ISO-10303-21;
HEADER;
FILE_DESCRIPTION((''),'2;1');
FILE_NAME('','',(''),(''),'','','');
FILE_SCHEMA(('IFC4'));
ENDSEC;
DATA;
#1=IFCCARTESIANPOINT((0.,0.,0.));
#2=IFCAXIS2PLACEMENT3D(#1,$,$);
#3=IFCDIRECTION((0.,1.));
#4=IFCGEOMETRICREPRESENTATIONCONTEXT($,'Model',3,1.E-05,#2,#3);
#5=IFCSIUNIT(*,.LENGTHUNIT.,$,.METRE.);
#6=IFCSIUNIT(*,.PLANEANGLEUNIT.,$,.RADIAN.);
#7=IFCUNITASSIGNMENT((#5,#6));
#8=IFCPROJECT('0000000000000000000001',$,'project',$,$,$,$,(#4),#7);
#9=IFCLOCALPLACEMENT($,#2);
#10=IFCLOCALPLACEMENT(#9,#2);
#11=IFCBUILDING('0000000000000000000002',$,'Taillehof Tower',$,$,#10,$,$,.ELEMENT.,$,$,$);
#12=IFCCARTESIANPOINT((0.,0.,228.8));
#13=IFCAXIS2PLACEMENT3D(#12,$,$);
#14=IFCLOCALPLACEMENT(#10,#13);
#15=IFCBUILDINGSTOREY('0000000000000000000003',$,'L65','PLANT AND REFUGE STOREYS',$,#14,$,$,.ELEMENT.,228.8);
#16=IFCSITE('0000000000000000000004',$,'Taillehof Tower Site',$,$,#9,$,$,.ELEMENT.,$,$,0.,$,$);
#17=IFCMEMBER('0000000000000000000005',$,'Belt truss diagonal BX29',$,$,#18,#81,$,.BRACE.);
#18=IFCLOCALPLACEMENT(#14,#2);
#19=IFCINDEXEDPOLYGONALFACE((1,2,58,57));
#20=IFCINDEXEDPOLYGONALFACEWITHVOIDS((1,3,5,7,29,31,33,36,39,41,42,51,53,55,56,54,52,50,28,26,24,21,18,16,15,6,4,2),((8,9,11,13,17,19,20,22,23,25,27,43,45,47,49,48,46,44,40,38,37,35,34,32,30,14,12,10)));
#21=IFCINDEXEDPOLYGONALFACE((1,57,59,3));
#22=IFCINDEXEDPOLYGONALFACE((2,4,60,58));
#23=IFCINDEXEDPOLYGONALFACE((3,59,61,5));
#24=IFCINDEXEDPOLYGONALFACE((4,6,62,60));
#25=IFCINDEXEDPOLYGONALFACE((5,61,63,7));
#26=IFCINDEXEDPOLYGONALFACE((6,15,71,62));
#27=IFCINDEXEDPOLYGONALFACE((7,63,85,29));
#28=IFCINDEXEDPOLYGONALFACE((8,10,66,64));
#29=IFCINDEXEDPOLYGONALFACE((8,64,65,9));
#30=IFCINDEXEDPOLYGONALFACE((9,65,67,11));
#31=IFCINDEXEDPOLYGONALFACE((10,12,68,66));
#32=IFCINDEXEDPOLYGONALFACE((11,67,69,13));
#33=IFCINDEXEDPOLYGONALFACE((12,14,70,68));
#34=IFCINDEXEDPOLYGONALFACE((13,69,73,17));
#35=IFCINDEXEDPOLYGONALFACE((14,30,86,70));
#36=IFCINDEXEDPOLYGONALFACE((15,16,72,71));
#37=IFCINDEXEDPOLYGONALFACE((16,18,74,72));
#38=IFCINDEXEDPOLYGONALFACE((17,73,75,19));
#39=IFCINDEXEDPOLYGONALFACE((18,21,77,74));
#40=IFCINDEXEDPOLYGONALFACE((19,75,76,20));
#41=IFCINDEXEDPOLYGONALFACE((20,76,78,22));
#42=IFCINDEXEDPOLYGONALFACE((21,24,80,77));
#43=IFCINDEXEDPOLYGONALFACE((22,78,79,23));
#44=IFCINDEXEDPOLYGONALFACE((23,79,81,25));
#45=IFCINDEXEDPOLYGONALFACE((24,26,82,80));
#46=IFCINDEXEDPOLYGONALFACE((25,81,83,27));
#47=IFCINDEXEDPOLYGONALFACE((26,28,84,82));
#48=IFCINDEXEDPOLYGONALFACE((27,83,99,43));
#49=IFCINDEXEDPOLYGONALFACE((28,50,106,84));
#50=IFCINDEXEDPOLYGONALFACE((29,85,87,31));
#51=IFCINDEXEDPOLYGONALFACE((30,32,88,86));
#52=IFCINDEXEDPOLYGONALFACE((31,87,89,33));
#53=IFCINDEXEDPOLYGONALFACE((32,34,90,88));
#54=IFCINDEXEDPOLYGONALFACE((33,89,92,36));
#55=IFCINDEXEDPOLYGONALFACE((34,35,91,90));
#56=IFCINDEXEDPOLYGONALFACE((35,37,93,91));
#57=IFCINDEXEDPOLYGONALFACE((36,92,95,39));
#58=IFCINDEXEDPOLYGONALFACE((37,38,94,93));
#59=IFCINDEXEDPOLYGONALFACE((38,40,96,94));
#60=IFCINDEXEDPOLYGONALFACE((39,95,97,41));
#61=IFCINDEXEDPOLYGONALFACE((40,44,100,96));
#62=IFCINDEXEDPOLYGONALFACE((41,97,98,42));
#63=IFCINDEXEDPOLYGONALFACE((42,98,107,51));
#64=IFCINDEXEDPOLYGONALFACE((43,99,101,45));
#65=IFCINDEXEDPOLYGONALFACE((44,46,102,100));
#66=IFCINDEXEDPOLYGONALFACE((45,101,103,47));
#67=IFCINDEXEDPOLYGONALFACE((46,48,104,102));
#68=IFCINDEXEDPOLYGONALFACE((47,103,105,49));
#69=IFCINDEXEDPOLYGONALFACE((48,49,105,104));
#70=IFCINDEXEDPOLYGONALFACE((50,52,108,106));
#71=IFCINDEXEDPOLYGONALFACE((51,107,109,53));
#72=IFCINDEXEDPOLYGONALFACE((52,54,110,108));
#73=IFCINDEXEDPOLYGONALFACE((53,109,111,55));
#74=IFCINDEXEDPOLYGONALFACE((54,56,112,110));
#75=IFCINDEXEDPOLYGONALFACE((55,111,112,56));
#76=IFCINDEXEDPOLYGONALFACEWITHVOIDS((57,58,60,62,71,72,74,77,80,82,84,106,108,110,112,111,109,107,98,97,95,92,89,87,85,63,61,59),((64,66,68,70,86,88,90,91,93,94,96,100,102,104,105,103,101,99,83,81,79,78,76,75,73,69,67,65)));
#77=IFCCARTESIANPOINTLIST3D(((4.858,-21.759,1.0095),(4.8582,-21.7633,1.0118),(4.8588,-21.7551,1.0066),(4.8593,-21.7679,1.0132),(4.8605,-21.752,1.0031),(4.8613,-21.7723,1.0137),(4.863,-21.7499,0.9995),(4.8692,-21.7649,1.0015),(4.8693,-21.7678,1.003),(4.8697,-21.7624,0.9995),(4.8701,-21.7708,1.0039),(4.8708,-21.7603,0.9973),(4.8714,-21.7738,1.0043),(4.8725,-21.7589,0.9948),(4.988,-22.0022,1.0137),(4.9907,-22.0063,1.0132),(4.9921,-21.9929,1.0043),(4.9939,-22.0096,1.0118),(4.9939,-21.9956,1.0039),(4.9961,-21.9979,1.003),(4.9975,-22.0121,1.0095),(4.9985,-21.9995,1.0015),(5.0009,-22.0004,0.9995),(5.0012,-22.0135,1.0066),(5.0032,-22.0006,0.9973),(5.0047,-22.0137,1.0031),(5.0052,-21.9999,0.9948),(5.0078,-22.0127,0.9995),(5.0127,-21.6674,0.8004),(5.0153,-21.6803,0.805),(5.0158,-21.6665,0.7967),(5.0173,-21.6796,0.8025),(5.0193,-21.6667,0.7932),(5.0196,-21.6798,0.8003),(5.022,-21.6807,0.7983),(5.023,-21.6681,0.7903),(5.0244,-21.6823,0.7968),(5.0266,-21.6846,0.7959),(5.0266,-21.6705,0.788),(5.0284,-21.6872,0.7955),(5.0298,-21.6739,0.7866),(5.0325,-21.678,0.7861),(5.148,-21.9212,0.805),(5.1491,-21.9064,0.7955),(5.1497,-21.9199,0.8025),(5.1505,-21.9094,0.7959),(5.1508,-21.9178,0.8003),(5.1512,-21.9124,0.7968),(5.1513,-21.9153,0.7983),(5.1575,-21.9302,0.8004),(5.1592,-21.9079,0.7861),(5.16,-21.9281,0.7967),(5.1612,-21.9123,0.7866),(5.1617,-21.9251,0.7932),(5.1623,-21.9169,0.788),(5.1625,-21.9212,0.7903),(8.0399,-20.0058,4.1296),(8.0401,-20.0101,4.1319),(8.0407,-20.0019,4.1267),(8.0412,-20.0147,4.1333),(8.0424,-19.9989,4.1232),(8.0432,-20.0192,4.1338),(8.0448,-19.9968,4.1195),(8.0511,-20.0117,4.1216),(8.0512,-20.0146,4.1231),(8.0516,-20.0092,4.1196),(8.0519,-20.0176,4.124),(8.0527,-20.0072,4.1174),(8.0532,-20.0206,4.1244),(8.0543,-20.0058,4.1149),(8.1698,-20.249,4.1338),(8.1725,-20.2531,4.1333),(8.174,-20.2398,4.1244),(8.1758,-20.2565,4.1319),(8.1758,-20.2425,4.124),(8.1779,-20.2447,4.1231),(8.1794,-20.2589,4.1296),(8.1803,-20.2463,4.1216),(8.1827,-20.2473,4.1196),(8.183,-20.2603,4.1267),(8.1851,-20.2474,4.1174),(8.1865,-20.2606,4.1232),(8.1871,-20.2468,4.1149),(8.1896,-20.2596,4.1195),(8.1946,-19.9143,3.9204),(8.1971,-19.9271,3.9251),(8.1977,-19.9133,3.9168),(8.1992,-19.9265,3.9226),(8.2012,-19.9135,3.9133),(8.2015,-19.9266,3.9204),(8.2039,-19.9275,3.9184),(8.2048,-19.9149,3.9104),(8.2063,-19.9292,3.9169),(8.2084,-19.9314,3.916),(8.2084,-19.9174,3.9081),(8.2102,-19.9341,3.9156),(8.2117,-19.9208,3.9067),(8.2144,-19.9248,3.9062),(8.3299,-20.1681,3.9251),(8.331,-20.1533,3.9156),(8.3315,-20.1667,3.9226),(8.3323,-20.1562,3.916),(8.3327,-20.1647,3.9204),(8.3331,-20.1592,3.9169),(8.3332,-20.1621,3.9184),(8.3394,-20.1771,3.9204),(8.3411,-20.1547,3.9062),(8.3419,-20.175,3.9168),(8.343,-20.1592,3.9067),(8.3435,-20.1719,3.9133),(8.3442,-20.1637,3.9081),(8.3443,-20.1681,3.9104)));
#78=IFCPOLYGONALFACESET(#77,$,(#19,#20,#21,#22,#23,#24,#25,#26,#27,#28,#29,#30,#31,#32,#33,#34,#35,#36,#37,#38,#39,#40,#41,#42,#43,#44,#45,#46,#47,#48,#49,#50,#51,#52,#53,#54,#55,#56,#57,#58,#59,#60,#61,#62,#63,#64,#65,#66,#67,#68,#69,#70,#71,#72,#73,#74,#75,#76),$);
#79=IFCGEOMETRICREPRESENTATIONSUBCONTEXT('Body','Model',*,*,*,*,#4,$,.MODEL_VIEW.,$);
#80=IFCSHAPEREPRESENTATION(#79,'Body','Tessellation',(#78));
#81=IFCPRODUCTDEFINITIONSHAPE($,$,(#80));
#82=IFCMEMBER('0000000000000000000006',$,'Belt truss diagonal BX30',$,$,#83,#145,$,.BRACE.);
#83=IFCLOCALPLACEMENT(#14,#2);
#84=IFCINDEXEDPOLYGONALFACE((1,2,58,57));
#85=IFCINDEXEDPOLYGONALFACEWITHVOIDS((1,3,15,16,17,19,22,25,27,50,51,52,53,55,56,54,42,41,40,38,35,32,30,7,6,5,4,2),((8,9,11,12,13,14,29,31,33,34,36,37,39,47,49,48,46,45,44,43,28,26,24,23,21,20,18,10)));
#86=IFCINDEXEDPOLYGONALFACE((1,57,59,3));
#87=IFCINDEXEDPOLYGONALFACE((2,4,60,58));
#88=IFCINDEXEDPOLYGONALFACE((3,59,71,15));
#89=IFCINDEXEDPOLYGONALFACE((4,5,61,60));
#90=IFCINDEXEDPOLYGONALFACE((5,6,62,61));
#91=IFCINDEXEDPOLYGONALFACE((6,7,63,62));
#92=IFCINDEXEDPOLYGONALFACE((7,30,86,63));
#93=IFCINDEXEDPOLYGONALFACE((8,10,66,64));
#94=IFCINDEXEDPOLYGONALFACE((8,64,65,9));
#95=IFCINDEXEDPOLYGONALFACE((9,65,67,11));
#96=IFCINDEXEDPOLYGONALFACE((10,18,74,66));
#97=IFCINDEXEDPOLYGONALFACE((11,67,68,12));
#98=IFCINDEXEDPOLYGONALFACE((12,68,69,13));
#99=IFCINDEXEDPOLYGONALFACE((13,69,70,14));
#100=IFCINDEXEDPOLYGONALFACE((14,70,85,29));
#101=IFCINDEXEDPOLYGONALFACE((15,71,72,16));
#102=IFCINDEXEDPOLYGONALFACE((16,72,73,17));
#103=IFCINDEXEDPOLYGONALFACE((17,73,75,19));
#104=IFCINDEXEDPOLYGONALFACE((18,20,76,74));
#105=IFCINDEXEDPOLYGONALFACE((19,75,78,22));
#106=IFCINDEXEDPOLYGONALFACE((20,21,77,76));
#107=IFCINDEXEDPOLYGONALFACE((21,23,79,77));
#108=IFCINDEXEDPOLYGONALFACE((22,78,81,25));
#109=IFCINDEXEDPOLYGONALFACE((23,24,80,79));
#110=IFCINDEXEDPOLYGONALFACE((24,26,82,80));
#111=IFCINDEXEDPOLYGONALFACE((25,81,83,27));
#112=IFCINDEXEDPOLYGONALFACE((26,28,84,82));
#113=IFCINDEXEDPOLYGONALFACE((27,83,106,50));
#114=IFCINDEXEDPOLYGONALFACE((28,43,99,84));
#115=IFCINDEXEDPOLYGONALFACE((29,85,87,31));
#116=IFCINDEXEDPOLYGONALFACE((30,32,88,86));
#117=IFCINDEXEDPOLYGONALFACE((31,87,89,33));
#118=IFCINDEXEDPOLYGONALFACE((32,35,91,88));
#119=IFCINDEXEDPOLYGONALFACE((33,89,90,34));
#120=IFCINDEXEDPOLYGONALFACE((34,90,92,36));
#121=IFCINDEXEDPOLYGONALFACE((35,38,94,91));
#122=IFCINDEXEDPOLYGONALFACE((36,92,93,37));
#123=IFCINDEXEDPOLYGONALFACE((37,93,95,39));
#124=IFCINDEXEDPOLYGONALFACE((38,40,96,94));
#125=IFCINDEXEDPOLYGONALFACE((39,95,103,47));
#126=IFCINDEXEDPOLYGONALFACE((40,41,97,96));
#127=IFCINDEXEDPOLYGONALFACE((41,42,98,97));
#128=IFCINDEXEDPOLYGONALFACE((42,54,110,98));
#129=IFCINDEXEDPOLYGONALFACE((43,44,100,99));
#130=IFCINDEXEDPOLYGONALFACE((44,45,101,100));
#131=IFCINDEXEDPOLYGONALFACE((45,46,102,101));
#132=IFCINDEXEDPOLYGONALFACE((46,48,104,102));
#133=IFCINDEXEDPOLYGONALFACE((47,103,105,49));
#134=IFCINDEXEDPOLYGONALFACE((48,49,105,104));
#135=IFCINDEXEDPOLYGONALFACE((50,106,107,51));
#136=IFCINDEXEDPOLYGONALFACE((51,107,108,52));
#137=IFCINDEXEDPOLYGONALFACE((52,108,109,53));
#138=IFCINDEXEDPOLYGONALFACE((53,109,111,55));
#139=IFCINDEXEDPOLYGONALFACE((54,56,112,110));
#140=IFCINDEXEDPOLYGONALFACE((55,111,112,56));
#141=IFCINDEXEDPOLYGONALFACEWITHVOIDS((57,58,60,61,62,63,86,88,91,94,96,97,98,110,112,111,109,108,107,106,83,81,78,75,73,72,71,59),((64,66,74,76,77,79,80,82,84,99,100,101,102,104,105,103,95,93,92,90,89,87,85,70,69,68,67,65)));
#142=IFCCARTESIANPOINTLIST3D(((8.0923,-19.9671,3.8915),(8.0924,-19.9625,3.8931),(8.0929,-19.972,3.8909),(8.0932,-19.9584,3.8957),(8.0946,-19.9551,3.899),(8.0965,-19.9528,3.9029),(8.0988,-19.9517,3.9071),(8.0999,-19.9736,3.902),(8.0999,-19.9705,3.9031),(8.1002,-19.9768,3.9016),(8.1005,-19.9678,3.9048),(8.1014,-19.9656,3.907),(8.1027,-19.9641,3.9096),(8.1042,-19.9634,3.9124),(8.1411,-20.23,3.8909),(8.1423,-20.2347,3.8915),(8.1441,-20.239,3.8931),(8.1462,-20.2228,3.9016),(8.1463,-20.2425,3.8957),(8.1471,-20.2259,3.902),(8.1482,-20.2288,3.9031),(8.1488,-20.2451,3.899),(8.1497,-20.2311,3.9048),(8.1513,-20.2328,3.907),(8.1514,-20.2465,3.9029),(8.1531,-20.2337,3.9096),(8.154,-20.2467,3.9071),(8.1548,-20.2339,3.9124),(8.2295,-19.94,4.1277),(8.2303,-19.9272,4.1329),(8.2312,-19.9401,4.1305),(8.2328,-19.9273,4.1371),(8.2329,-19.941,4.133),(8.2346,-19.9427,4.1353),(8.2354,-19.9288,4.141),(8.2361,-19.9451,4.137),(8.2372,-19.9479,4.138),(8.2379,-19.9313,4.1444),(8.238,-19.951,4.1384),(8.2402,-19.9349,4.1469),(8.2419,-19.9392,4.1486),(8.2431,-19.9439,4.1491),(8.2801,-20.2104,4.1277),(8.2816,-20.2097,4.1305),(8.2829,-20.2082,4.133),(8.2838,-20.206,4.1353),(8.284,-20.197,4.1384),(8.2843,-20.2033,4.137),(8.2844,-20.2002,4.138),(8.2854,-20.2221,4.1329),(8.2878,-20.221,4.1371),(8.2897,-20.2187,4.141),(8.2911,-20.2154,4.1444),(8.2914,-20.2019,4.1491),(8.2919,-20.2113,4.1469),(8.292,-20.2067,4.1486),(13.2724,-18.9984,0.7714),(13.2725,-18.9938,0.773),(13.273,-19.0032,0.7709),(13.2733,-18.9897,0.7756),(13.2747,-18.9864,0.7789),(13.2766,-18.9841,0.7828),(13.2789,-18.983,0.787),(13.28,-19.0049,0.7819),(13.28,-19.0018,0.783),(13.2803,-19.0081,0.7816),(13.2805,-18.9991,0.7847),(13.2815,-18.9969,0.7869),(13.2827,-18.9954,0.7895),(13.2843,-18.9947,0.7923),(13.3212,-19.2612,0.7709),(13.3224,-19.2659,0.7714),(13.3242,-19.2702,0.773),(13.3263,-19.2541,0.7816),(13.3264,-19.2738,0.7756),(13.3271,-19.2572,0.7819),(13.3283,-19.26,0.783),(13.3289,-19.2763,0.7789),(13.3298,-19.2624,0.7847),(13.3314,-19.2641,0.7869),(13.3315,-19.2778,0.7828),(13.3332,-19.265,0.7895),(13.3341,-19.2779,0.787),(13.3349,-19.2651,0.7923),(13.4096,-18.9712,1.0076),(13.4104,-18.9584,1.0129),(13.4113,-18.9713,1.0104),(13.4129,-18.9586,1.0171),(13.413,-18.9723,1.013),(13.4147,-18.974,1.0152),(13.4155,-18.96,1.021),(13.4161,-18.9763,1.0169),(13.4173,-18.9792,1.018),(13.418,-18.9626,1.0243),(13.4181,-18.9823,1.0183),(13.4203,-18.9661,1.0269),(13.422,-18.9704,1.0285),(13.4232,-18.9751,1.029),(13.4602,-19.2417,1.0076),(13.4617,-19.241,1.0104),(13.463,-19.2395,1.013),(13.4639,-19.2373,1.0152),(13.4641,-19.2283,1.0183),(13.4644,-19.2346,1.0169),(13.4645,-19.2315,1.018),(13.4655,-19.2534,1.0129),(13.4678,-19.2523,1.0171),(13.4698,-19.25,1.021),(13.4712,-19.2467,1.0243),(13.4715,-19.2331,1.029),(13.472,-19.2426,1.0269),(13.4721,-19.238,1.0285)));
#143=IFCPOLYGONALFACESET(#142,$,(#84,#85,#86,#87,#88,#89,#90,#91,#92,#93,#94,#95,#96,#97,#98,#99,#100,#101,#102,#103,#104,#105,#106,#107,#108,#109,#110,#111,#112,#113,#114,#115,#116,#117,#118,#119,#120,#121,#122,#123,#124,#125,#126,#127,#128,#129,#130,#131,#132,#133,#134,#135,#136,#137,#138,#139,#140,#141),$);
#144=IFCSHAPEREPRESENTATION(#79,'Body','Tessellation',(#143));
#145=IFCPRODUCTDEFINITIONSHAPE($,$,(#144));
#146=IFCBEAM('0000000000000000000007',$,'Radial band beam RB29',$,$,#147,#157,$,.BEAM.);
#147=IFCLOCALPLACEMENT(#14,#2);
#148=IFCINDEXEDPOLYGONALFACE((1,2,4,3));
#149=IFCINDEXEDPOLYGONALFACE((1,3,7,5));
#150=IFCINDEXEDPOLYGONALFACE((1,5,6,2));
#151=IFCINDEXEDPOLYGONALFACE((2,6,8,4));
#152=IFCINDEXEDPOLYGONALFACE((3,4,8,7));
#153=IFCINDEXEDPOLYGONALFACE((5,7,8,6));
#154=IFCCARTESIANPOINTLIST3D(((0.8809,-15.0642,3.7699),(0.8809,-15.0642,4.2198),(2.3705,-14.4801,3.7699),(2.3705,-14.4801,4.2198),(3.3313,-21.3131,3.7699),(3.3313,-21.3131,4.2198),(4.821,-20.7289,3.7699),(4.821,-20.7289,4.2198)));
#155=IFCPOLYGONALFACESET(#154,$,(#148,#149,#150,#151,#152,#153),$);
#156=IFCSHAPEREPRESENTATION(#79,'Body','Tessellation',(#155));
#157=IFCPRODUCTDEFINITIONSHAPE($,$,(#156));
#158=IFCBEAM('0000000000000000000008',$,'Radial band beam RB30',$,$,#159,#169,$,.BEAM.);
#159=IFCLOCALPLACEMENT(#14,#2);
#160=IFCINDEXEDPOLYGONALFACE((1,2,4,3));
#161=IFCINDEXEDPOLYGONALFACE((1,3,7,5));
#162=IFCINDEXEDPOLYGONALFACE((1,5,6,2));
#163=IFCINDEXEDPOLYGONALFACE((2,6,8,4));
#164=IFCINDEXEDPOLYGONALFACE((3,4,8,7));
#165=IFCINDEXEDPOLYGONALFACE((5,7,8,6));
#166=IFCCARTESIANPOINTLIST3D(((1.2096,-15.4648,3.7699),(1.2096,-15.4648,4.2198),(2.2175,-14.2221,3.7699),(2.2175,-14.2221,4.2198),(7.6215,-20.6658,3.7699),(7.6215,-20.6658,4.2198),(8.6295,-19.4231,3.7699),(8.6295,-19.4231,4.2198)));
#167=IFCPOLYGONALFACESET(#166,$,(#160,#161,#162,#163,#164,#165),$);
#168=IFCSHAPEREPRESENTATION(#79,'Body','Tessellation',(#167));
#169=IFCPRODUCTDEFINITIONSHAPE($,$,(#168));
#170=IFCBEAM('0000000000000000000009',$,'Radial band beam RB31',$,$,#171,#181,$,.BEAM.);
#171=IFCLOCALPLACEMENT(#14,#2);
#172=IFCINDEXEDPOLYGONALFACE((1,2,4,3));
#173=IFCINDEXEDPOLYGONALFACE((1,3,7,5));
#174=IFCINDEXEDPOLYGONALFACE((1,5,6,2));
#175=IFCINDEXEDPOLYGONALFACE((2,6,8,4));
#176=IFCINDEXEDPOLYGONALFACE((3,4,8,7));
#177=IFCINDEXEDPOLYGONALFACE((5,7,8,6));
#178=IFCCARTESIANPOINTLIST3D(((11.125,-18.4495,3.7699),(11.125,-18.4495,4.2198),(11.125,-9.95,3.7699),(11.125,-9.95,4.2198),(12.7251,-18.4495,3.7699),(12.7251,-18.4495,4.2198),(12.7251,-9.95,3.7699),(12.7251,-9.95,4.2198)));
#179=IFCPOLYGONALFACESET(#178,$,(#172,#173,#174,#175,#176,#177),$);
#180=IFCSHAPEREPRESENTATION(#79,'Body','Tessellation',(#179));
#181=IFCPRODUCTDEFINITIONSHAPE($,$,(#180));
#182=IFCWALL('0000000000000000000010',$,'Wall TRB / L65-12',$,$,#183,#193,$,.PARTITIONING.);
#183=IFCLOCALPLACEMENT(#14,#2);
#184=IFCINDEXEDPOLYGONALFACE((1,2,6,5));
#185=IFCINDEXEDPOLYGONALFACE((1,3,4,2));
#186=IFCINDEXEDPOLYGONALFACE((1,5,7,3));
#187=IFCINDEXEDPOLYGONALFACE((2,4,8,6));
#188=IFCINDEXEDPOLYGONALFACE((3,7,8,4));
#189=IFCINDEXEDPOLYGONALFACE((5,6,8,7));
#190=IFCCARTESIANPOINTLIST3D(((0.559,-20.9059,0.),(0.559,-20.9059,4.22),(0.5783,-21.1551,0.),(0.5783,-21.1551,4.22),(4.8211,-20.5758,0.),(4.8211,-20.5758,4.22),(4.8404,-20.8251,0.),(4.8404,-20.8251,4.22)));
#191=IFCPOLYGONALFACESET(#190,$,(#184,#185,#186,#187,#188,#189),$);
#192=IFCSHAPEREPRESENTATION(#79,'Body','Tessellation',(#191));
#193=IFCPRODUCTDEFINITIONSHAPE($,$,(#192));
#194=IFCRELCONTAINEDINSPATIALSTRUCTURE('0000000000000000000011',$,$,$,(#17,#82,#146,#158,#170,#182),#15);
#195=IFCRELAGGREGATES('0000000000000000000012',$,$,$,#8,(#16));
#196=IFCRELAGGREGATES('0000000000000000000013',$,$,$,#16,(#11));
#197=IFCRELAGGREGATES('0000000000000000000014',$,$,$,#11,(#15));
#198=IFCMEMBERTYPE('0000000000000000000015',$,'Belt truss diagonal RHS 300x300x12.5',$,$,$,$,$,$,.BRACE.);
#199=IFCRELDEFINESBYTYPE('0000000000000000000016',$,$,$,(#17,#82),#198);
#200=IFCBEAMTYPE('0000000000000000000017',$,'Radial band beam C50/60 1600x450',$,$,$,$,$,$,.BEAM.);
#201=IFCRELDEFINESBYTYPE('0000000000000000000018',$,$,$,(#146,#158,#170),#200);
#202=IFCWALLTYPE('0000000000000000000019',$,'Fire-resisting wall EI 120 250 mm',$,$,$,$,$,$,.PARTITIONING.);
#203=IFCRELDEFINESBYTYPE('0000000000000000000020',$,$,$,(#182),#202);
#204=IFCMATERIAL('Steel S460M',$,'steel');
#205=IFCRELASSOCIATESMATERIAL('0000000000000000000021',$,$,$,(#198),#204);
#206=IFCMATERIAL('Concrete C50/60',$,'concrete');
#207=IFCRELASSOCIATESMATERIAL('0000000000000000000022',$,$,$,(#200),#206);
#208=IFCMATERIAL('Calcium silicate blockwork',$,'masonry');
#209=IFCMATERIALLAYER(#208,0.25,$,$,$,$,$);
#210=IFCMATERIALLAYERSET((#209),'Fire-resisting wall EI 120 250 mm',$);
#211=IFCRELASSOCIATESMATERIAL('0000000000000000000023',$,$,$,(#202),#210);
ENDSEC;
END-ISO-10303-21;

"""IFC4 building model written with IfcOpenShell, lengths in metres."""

from ifc_helpers import new_model, si_unit, direction, frame, frame_2d, origin, origin_2d, place, context, subcontext, project, spatial, rectangle, hollow_rectangle, extrude, material, layer, layer_set, material_profile, profile_set, type_object, element, save


model = new_model("IFC4")

# Units and contexts
model_context = context("Model", 3, precision=1e-05, world=origin(), true_north=direction((0.0, 1.0)))
body_context = subcontext(model_context, "Body", "Model", "MODEL_VIEW")
ifc_project = project(units=[si_unit("LENGTHUNIT", "METRE"), si_unit("PLANEANGLEUNIT", "RADIAN")], contexts=[model_context])

# Site, building, storey
site_placement = place(None, origin())
site = spatial("IfcSite", under=ifc_project, at=site_placement, Name="Taillehof Tower Site", CompositionType="ELEMENT", RefElevation=0.0)
building_placement = place(site_placement, origin())
building = spatial("IfcBuilding", under=site, at=building_placement, Name="Taillehof Tower", CompositionType="ELEMENT")
storey_placement = place(building_placement, frame((0.0, 0.0, 228.8)))
storey = spatial("IfcBuildingStorey", under=building, at=storey_placement, Name="L65", Description="PLANT AND REFUGE STOREYS", CompositionType="ELEMENT", Elevation=228.8)

# Members
ifc_material_1 = material(Name="Steel S460M", Category="steel")
ifc_material_profile_1 = material_profile(ifc_material_1, hollow_rectangle(XDim=0.3, YDim=0.3, WallThickness=0.0125, InnerFilletRadius=0.0125, OuterFilletRadius=0.0188, at=origin_2d()), Name="RHS 300x300x12.5")
ifc_profile_set_1 = profile_set([ifc_material_profile_1], Name="Steel S460M")
member_type_1 = type_object("IfcMemberType", Name="Belt truss diagonal RHS 300x300x12.5", PredefinedType="BRACE", material=ifc_profile_set_1)
member_1_placement = place(storey_placement, frame((5.0103, -21.8401, 0.8999), z_axis=(0.664435, 0.366095, 0.651537), x_axis=(-0.482582, 0.875851, 0.0)))
element("IfcMember", 1, at=member_1_placement, inside=storey, type_object=member_type_1, Name="Belt truss diagonal BX29", PredefinedType="BRACE", context=body_context, shape_type="SweptSolid", body=[
    extrude(hollow_rectangle(XDim=0.3, YDim=0.3, WallThickness=0.0125, InnerFilletRadius=0.0125, OuterFilletRadius=0.0188, at=origin_2d()), origin(), (0.0, 0.0, 1.0), 4.7888),
])
member_2_placement = place(storey_placement, frame((8.1921, -20.0869, 4.02), z_axis=(0.845831, 0.15818, -0.50946), x_axis=(-0.183824, 0.982959, 0.0)))
element("IfcMember", 2, at=member_2_placement, inside=storey, type_object=member_type_1, Name="Belt truss diagonal BX30", PredefinedType="BRACE", context=body_context, shape_type="SweptSolid", body=[
    extrude(hollow_rectangle(XDim=0.3, YDim=0.3, WallThickness=0.0125, InnerFilletRadius=0.0125, OuterFilletRadius=0.0188, at=origin_2d()), origin(), (0.0, 0.0, 1.0), 6.1243),
])

# Beams
ifc_material_2 = material(Name="Concrete C50/60", Category="concrete")
ifc_material_profile_2 = material_profile(ifc_material_2, rectangle(XDim=1.6001, YDim=0.45, at=origin_2d()), Name="RC 1600x450")
ifc_profile_set_2 = profile_set([ifc_material_profile_2], Name="Concrete C50/60")
beam_type = type_object("IfcBeamType", Name="Radial band beam C50/60 1600x450", PredefinedType="BEAM", material=ifc_profile_set_2)
beam_1_placement = place(storey_placement, frame((4.0762, -21.021, 3.9949), z_axis=(-0.365079, 0.930976, 0.0), x_axis=(-0.930976, -0.365079, 0.0)))
element("IfcBeam", 3, at=beam_1_placement, inside=storey, type_object=beam_type, Name="Radial band beam RB29", PredefinedType="BEAM", context=body_context, shape_type="SweptSolid", body=[
    extrude(rectangle(XDim=1.6001, YDim=0.45, at=origin_2d()), origin(), (0.0, 0.0, 1.0), 6.7122),
])
beam_2_placement = place(storey_placement, frame((8.1255, -20.0444, 3.9949), z_axis=(-0.77663, 0.629957, 0.0), x_axis=(-0.629957, -0.77663, 0.0)))
element("IfcBeam", 4, at=beam_2_placement, inside=storey, type_object=beam_type, Name="Radial band beam RB30", PredefinedType="BEAM", context=body_context, shape_type="SweptSolid", body=[
    extrude(rectangle(XDim=1.6001, YDim=0.45, at=origin_2d()), origin(), (0.0, 0.0, 1.0), 8.2561),
])
beam_3_placement = place(storey_placement, frame((11.925, -18.4495, 3.9949), z_axis=(0.0, 1.0, 0.0), x_axis=(-1.0, 0.0, 0.0)))
element("IfcBeam", 5, at=beam_3_placement, inside=storey, type_object=beam_type, Name="Radial band beam RB31", PredefinedType="BEAM", context=body_context, shape_type="SweptSolid", body=[
    extrude(rectangle(XDim=1.6001, YDim=0.45, at=origin_2d()), origin(), (0.0, 0.0, 1.0), 8.4995),
])

# Wall
ifc_material_3 = material(Name="Calcium silicate blockwork", Category="masonry")
ifc_layer_1 = layer(ifc_material_3, 0.25)
ifc_layer_set_1 = layer_set([ifc_layer_1], Name="Fire-resisting wall EI 120 250 mm")
wall_type = type_object("IfcWallType", Name="Fire-resisting wall EI 120 250 mm", PredefinedType="PARTITIONING", material=ifc_layer_set_1)
wall_1_placement = place(storey_placement, frame((0.5686, -21.0305, 0.0), z_axis=(0.0, 0.0, 1.0), x_axis=(0.997015, 0.077212, 0.0)))
element("IfcWall", 6, at=wall_1_placement, inside=storey, type_object=wall_type, Name="Wall TRB / L65-12", PredefinedType="PARTITIONING", context=body_context, shape_type="SweptSolid", body=[
    extrude(rectangle(XDim=4.2749, YDim=0.25, at=frame_2d((2.1375, 0.0))), origin(), (0.0, 0.0, 1.0), 4.22),
])

save(model, "model.ifc")
